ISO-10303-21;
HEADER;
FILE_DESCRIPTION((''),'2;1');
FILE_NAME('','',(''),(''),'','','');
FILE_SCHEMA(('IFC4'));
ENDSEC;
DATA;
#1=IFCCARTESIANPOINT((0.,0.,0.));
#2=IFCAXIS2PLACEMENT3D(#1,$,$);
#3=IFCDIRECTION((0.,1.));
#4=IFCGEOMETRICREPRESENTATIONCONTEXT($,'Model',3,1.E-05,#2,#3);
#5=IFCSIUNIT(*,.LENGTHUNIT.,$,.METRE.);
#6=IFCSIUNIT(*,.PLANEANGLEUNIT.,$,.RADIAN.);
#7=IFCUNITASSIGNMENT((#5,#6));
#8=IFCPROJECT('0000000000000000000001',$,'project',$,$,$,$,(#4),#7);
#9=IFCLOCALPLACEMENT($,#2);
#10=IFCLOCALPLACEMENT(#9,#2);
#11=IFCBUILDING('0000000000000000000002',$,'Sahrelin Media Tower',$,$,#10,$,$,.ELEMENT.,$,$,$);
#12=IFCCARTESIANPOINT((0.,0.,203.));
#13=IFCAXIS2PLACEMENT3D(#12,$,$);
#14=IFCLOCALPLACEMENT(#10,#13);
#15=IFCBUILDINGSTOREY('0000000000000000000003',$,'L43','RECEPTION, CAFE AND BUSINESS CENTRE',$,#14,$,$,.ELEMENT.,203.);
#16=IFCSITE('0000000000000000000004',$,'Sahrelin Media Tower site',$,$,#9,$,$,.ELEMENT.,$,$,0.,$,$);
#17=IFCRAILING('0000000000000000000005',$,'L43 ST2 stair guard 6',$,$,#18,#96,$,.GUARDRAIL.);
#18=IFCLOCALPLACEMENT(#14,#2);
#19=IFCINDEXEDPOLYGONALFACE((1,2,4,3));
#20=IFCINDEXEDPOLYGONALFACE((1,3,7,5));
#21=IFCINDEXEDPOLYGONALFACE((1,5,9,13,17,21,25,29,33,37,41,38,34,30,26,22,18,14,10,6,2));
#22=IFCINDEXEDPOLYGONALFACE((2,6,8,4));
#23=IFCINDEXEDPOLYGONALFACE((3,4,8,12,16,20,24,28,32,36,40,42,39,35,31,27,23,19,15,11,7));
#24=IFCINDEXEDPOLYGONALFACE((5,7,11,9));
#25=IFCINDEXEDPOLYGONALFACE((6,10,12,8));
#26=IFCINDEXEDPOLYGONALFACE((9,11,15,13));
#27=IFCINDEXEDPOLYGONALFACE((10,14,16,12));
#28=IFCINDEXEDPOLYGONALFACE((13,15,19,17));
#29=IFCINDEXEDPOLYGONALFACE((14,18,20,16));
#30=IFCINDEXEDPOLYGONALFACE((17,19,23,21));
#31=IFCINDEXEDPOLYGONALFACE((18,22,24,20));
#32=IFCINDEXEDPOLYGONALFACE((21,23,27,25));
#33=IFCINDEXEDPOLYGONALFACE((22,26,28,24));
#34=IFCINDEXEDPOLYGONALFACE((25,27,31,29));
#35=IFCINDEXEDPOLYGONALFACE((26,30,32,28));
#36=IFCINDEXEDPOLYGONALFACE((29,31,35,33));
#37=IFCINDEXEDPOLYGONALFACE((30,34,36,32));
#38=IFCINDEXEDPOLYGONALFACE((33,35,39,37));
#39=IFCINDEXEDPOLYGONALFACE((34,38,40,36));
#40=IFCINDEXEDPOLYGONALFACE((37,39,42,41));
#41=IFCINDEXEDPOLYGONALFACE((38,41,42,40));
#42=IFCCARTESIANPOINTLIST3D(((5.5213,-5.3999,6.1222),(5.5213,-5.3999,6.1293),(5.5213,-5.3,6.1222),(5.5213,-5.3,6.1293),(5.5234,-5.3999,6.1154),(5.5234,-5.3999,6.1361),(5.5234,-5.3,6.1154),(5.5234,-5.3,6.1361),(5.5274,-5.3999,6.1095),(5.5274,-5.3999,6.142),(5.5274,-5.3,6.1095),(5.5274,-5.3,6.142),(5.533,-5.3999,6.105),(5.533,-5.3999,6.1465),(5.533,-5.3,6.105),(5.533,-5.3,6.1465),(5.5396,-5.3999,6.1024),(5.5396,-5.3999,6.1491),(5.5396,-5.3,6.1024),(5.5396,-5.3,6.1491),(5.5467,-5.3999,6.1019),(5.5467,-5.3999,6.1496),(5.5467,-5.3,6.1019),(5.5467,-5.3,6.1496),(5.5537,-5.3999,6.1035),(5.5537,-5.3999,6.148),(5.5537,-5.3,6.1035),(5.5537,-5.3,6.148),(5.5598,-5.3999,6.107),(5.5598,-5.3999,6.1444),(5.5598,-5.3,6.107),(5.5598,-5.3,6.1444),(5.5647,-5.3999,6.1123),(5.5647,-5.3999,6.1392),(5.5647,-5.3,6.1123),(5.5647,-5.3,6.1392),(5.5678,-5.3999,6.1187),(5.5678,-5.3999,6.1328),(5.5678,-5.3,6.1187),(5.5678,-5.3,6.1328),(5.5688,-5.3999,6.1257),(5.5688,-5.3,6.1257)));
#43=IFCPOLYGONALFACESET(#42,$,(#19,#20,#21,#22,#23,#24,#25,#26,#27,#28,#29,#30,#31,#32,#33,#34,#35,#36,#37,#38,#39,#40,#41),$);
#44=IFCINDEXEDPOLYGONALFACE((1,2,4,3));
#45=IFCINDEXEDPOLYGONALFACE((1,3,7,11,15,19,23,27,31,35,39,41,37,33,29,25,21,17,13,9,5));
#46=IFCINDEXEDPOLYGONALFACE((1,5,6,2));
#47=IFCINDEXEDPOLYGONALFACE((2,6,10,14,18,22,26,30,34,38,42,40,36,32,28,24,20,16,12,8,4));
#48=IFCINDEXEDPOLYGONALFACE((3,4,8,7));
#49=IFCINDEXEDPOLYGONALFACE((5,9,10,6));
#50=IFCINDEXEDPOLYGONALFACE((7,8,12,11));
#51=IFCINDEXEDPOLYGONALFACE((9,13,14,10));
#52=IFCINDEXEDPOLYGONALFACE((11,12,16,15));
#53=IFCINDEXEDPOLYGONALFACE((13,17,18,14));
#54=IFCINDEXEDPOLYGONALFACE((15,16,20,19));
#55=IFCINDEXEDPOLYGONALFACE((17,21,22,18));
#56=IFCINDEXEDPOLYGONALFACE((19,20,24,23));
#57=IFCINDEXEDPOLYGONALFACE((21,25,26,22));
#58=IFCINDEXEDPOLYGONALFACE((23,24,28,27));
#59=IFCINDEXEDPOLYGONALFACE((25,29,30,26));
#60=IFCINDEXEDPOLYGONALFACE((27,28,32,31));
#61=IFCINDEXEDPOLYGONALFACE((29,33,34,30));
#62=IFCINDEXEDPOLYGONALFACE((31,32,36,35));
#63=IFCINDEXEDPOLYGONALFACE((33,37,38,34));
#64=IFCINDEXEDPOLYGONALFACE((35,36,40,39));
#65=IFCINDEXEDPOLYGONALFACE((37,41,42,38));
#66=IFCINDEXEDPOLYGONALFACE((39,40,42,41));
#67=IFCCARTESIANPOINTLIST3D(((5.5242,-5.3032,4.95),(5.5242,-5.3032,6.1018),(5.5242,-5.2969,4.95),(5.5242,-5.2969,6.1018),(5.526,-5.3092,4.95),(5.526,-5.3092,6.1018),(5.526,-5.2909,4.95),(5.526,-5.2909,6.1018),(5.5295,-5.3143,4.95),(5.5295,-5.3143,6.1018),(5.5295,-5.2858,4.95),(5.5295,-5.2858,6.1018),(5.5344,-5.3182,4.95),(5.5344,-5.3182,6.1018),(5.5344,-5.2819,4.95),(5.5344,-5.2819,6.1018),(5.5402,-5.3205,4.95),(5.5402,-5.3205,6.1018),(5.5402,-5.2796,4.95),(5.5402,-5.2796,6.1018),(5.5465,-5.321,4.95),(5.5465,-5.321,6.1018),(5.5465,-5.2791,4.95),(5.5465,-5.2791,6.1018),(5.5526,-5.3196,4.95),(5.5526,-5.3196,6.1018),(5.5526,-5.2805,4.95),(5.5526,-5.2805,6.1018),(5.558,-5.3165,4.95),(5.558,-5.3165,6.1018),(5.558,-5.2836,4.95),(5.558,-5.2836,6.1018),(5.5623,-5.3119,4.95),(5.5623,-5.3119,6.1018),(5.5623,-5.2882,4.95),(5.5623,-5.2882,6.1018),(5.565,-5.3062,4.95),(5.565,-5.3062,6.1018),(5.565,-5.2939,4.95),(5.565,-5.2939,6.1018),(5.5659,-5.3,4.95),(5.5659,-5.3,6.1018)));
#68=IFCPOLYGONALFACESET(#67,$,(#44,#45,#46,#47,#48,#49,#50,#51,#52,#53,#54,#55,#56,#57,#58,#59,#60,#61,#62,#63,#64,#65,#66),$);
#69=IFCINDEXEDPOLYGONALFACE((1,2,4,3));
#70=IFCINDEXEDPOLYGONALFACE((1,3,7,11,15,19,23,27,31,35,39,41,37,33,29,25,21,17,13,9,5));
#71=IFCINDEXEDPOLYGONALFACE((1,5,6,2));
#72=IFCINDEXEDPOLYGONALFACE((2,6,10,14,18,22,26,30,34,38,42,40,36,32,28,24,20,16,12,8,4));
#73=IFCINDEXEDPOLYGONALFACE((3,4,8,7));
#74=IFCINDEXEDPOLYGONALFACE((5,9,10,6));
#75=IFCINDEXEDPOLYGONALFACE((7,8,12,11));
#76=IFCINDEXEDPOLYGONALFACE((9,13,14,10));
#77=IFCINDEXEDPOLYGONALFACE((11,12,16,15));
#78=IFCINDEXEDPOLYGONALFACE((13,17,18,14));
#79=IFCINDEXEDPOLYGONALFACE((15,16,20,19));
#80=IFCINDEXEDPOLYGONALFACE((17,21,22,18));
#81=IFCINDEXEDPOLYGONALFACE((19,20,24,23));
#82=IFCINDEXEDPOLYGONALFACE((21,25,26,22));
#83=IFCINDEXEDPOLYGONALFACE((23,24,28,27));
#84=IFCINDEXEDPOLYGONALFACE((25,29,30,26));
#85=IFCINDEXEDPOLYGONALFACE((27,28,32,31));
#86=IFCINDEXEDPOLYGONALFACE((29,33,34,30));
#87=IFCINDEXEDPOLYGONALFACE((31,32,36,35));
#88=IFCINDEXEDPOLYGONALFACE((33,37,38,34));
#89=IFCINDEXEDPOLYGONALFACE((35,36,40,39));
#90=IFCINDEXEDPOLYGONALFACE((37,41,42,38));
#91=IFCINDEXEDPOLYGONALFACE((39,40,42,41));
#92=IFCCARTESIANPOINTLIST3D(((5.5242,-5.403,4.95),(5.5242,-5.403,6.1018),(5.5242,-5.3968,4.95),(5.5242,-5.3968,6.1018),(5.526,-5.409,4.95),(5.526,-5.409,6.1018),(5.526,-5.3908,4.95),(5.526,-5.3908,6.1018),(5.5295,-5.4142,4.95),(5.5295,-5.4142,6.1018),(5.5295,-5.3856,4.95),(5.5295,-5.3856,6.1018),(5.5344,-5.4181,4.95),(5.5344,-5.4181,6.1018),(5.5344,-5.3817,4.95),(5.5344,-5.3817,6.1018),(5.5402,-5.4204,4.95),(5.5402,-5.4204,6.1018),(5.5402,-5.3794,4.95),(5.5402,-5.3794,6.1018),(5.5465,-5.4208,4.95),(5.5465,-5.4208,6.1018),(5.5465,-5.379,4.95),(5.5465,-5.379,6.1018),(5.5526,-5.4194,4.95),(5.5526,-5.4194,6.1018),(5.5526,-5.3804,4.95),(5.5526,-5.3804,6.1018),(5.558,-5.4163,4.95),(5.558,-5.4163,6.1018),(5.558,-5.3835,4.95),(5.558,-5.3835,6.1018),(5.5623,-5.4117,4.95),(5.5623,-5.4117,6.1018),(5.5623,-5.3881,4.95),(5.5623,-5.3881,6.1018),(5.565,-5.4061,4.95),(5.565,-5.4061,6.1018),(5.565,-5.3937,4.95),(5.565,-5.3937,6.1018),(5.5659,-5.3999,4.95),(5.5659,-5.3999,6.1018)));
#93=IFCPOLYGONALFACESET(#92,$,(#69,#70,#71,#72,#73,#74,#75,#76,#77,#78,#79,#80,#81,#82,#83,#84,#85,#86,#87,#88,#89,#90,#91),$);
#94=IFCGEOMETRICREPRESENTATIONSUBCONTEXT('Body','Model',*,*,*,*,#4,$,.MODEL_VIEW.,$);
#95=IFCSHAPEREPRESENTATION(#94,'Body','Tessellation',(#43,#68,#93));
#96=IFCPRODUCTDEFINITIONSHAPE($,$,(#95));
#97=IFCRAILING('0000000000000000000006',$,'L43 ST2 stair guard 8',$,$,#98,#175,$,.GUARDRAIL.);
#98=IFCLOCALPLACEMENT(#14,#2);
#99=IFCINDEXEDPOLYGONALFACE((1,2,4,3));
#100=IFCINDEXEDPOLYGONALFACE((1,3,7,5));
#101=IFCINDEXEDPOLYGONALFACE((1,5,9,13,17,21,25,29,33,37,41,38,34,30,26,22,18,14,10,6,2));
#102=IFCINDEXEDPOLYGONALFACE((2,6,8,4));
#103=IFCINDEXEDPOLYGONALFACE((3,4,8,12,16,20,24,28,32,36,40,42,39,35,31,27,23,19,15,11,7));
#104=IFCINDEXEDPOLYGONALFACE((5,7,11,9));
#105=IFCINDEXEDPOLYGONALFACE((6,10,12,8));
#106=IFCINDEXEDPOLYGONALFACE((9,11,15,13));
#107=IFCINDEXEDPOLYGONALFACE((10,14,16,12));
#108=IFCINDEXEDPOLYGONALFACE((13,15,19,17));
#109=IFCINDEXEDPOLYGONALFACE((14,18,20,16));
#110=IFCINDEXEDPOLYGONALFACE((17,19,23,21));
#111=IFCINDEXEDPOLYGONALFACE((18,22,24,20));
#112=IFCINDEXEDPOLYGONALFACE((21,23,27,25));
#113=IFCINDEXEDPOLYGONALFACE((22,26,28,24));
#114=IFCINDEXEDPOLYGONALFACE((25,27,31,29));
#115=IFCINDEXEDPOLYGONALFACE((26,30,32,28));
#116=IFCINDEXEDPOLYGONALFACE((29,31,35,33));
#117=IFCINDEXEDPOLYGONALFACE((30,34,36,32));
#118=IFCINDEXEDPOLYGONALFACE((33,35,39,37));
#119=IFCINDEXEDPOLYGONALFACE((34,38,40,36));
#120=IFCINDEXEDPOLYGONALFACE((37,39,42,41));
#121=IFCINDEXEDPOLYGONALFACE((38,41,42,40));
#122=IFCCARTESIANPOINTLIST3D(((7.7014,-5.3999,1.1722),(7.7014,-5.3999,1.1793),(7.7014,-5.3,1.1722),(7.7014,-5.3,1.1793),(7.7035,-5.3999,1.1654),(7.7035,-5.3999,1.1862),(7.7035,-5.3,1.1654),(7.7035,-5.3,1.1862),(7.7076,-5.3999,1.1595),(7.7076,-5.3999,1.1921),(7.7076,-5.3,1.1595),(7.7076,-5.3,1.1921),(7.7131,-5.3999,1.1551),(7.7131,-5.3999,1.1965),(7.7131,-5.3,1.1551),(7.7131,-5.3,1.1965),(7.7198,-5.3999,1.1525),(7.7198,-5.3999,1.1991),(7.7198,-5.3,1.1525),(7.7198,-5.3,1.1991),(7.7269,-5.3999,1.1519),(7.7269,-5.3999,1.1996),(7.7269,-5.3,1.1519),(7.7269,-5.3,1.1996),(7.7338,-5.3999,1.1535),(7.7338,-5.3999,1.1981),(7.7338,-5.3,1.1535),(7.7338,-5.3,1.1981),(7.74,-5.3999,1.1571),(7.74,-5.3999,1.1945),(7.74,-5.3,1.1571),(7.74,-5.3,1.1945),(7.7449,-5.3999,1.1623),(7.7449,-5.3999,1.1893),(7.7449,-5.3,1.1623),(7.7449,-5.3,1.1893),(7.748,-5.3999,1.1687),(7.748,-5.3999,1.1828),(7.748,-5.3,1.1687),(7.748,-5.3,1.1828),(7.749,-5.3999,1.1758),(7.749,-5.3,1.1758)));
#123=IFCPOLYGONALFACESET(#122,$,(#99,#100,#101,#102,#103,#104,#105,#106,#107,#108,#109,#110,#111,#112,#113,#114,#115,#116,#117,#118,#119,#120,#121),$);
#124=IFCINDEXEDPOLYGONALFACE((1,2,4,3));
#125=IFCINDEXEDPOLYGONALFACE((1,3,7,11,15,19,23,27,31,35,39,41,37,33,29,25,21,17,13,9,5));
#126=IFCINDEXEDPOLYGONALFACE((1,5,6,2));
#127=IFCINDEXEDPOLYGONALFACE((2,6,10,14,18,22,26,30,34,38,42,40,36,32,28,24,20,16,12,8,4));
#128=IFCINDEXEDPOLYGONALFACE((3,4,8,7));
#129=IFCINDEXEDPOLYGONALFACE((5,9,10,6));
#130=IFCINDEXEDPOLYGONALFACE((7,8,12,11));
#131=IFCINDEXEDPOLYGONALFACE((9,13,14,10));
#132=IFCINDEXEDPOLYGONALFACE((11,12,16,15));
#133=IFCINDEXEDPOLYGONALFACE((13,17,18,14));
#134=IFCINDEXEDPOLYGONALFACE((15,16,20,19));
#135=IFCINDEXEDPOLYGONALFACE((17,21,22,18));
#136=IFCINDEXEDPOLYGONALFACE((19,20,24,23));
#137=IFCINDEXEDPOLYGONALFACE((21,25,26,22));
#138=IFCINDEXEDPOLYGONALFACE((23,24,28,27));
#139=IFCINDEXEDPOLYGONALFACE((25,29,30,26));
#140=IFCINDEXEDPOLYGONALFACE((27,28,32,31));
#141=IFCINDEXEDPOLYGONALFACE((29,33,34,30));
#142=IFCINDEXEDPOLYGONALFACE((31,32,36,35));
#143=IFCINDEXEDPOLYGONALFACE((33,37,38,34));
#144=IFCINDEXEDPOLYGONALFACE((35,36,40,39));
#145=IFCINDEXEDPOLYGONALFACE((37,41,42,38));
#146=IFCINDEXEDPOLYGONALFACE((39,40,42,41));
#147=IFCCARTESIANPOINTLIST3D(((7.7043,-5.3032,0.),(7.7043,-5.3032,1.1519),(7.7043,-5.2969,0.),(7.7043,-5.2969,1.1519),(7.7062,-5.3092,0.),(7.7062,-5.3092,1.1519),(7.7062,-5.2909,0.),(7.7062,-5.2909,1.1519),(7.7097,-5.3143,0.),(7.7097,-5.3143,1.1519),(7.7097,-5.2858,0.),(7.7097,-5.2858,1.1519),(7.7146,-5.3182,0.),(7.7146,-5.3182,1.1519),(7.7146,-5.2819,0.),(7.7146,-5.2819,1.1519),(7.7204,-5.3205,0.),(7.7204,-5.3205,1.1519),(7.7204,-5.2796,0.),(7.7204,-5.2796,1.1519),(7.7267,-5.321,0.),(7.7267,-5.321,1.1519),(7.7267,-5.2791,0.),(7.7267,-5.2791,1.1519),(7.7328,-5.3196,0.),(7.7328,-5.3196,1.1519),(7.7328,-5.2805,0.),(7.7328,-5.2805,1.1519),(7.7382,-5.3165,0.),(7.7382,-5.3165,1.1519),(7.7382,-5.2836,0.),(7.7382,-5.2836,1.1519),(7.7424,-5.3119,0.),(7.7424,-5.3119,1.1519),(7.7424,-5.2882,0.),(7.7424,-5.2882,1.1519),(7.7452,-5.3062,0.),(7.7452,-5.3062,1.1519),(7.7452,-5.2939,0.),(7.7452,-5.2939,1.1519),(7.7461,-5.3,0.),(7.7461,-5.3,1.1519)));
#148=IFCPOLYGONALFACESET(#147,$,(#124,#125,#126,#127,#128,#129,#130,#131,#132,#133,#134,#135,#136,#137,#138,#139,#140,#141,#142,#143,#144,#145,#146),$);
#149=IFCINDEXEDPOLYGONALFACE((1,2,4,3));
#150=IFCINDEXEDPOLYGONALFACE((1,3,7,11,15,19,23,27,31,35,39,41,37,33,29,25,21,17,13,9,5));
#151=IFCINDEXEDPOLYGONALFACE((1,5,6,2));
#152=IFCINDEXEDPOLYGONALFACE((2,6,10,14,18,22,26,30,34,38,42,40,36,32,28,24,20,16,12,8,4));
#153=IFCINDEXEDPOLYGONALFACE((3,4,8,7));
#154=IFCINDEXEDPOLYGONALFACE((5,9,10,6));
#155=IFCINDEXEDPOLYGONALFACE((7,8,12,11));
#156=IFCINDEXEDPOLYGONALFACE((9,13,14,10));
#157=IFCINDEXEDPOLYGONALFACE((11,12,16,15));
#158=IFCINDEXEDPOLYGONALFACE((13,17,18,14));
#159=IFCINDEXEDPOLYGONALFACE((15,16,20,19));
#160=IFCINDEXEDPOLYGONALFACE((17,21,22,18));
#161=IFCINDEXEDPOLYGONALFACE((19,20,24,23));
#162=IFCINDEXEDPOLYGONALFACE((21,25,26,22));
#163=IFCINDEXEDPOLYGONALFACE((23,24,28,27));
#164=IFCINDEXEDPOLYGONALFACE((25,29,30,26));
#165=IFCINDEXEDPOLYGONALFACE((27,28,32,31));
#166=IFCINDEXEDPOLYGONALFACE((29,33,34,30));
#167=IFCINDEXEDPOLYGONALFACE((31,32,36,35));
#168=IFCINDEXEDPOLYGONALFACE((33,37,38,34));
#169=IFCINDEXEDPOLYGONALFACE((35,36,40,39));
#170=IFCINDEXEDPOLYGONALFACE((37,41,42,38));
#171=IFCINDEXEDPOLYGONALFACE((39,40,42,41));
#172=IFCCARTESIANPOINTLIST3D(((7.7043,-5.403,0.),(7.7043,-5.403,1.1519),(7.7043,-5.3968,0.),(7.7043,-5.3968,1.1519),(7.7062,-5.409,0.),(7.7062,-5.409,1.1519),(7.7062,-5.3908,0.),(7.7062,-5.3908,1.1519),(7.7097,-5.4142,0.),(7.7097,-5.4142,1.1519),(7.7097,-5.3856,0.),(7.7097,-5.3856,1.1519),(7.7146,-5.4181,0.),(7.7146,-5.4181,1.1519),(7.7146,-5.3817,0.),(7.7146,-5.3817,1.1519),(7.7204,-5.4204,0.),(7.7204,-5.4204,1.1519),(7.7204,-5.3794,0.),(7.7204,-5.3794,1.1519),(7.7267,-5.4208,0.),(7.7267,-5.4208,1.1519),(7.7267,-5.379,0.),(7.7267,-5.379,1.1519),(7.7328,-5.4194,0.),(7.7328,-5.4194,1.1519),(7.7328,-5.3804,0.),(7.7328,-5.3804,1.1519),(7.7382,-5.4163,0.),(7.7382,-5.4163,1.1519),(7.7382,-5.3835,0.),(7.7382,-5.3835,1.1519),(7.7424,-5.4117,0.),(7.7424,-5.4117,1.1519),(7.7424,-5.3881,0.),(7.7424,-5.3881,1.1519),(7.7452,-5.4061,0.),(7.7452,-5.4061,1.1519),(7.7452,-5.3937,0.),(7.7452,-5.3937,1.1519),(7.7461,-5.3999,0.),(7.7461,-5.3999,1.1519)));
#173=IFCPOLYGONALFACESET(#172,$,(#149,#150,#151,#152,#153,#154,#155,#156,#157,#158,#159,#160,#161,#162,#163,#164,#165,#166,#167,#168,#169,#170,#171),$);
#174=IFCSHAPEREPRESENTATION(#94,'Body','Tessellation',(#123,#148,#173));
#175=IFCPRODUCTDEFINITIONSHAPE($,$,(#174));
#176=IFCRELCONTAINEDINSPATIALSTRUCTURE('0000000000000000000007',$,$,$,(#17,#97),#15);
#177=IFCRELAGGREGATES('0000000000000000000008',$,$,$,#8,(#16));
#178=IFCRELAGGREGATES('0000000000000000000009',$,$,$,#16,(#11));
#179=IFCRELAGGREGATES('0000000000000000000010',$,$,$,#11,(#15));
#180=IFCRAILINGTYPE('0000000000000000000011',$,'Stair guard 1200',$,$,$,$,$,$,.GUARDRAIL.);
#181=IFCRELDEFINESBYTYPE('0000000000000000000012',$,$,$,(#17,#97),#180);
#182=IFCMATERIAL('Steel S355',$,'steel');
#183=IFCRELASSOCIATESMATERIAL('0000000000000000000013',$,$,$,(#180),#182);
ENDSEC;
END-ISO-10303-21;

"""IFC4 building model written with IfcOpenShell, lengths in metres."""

from ifc_helpers import new_model, si_unit, direction, frame, origin, origin_2d, place, context, subcontext, project, spatial, circle, extrude, material, type_object, element, save


model = new_model("IFC4")

# Units and contexts
model_context = context("Model", 3, precision=1e-05, world=origin(), true_north=direction((0.0, 1.0)))
body_context = subcontext(model_context, "Body", "Model", "MODEL_VIEW")
ifc_project = project(units=[si_unit("LENGTHUNIT", "METRE"), si_unit("PLANEANGLEUNIT", "RADIAN")], contexts=[model_context])

# Site, building, storey
site_placement = place(None, origin())
site = spatial("IfcSite", under=ifc_project, at=site_placement, Name="Sahrelin Media Tower site", CompositionType="ELEMENT", RefElevation=0.0)
building_placement = place(site_placement, origin())
building = spatial("IfcBuilding", under=site, at=building_placement, Name="Sahrelin Media Tower", CompositionType="ELEMENT")
storey_placement = place(building_placement, frame((0.0, 0.0, 203.0)))
storey = spatial("IfcBuildingStorey", under=building, at=storey_placement, Name="L43", Description="RECEPTION, CAFE AND BUSINESS CENTRE", CompositionType="ELEMENT", Elevation=203.0)

# Railings
ifc_material_1 = material(Name="Steel S355", Category="steel")
railing_type_1 = type_object("IfcRailingType", Name="Stair guard 1200", PredefinedType="GUARDRAIL", material=ifc_material_1)
for number, where, name in (
    (1, (5.5449, -5.3, 4.95), "L43 ST2 stair guard 6"),
    (2, (7.7251, -5.3, 0.0), "L43 ST2 stair guard 8"),
):
    element("IfcRailing", number, at=place(storey_placement, frame(where)), inside=storey, type_object=railing_type_1, Name=name, PredefinedType="GUARDRAIL", context=body_context, shape_type="SweptSolid", body=[
        extrude(circle(Radius=0.0239, at=origin_2d()), frame((0.0, 0.0, 1.1758), z_axis=(0.0, -1.0, 0.0), x_axis=(1.0, 0.0, 0.0)), (0.0, 0.0, 1.0), 0.0999),
        extrude(circle(Radius=0.021, at=origin_2d()), origin(), (0.0, 0.0, 1.0), 1.1519),
        extrude(circle(Radius=0.021, at=origin_2d()), frame((0.0, -0.0999, 0.0)), (0.0, 0.0, 1.0), 1.1519),
    ])

save(model, "model.ifc")
